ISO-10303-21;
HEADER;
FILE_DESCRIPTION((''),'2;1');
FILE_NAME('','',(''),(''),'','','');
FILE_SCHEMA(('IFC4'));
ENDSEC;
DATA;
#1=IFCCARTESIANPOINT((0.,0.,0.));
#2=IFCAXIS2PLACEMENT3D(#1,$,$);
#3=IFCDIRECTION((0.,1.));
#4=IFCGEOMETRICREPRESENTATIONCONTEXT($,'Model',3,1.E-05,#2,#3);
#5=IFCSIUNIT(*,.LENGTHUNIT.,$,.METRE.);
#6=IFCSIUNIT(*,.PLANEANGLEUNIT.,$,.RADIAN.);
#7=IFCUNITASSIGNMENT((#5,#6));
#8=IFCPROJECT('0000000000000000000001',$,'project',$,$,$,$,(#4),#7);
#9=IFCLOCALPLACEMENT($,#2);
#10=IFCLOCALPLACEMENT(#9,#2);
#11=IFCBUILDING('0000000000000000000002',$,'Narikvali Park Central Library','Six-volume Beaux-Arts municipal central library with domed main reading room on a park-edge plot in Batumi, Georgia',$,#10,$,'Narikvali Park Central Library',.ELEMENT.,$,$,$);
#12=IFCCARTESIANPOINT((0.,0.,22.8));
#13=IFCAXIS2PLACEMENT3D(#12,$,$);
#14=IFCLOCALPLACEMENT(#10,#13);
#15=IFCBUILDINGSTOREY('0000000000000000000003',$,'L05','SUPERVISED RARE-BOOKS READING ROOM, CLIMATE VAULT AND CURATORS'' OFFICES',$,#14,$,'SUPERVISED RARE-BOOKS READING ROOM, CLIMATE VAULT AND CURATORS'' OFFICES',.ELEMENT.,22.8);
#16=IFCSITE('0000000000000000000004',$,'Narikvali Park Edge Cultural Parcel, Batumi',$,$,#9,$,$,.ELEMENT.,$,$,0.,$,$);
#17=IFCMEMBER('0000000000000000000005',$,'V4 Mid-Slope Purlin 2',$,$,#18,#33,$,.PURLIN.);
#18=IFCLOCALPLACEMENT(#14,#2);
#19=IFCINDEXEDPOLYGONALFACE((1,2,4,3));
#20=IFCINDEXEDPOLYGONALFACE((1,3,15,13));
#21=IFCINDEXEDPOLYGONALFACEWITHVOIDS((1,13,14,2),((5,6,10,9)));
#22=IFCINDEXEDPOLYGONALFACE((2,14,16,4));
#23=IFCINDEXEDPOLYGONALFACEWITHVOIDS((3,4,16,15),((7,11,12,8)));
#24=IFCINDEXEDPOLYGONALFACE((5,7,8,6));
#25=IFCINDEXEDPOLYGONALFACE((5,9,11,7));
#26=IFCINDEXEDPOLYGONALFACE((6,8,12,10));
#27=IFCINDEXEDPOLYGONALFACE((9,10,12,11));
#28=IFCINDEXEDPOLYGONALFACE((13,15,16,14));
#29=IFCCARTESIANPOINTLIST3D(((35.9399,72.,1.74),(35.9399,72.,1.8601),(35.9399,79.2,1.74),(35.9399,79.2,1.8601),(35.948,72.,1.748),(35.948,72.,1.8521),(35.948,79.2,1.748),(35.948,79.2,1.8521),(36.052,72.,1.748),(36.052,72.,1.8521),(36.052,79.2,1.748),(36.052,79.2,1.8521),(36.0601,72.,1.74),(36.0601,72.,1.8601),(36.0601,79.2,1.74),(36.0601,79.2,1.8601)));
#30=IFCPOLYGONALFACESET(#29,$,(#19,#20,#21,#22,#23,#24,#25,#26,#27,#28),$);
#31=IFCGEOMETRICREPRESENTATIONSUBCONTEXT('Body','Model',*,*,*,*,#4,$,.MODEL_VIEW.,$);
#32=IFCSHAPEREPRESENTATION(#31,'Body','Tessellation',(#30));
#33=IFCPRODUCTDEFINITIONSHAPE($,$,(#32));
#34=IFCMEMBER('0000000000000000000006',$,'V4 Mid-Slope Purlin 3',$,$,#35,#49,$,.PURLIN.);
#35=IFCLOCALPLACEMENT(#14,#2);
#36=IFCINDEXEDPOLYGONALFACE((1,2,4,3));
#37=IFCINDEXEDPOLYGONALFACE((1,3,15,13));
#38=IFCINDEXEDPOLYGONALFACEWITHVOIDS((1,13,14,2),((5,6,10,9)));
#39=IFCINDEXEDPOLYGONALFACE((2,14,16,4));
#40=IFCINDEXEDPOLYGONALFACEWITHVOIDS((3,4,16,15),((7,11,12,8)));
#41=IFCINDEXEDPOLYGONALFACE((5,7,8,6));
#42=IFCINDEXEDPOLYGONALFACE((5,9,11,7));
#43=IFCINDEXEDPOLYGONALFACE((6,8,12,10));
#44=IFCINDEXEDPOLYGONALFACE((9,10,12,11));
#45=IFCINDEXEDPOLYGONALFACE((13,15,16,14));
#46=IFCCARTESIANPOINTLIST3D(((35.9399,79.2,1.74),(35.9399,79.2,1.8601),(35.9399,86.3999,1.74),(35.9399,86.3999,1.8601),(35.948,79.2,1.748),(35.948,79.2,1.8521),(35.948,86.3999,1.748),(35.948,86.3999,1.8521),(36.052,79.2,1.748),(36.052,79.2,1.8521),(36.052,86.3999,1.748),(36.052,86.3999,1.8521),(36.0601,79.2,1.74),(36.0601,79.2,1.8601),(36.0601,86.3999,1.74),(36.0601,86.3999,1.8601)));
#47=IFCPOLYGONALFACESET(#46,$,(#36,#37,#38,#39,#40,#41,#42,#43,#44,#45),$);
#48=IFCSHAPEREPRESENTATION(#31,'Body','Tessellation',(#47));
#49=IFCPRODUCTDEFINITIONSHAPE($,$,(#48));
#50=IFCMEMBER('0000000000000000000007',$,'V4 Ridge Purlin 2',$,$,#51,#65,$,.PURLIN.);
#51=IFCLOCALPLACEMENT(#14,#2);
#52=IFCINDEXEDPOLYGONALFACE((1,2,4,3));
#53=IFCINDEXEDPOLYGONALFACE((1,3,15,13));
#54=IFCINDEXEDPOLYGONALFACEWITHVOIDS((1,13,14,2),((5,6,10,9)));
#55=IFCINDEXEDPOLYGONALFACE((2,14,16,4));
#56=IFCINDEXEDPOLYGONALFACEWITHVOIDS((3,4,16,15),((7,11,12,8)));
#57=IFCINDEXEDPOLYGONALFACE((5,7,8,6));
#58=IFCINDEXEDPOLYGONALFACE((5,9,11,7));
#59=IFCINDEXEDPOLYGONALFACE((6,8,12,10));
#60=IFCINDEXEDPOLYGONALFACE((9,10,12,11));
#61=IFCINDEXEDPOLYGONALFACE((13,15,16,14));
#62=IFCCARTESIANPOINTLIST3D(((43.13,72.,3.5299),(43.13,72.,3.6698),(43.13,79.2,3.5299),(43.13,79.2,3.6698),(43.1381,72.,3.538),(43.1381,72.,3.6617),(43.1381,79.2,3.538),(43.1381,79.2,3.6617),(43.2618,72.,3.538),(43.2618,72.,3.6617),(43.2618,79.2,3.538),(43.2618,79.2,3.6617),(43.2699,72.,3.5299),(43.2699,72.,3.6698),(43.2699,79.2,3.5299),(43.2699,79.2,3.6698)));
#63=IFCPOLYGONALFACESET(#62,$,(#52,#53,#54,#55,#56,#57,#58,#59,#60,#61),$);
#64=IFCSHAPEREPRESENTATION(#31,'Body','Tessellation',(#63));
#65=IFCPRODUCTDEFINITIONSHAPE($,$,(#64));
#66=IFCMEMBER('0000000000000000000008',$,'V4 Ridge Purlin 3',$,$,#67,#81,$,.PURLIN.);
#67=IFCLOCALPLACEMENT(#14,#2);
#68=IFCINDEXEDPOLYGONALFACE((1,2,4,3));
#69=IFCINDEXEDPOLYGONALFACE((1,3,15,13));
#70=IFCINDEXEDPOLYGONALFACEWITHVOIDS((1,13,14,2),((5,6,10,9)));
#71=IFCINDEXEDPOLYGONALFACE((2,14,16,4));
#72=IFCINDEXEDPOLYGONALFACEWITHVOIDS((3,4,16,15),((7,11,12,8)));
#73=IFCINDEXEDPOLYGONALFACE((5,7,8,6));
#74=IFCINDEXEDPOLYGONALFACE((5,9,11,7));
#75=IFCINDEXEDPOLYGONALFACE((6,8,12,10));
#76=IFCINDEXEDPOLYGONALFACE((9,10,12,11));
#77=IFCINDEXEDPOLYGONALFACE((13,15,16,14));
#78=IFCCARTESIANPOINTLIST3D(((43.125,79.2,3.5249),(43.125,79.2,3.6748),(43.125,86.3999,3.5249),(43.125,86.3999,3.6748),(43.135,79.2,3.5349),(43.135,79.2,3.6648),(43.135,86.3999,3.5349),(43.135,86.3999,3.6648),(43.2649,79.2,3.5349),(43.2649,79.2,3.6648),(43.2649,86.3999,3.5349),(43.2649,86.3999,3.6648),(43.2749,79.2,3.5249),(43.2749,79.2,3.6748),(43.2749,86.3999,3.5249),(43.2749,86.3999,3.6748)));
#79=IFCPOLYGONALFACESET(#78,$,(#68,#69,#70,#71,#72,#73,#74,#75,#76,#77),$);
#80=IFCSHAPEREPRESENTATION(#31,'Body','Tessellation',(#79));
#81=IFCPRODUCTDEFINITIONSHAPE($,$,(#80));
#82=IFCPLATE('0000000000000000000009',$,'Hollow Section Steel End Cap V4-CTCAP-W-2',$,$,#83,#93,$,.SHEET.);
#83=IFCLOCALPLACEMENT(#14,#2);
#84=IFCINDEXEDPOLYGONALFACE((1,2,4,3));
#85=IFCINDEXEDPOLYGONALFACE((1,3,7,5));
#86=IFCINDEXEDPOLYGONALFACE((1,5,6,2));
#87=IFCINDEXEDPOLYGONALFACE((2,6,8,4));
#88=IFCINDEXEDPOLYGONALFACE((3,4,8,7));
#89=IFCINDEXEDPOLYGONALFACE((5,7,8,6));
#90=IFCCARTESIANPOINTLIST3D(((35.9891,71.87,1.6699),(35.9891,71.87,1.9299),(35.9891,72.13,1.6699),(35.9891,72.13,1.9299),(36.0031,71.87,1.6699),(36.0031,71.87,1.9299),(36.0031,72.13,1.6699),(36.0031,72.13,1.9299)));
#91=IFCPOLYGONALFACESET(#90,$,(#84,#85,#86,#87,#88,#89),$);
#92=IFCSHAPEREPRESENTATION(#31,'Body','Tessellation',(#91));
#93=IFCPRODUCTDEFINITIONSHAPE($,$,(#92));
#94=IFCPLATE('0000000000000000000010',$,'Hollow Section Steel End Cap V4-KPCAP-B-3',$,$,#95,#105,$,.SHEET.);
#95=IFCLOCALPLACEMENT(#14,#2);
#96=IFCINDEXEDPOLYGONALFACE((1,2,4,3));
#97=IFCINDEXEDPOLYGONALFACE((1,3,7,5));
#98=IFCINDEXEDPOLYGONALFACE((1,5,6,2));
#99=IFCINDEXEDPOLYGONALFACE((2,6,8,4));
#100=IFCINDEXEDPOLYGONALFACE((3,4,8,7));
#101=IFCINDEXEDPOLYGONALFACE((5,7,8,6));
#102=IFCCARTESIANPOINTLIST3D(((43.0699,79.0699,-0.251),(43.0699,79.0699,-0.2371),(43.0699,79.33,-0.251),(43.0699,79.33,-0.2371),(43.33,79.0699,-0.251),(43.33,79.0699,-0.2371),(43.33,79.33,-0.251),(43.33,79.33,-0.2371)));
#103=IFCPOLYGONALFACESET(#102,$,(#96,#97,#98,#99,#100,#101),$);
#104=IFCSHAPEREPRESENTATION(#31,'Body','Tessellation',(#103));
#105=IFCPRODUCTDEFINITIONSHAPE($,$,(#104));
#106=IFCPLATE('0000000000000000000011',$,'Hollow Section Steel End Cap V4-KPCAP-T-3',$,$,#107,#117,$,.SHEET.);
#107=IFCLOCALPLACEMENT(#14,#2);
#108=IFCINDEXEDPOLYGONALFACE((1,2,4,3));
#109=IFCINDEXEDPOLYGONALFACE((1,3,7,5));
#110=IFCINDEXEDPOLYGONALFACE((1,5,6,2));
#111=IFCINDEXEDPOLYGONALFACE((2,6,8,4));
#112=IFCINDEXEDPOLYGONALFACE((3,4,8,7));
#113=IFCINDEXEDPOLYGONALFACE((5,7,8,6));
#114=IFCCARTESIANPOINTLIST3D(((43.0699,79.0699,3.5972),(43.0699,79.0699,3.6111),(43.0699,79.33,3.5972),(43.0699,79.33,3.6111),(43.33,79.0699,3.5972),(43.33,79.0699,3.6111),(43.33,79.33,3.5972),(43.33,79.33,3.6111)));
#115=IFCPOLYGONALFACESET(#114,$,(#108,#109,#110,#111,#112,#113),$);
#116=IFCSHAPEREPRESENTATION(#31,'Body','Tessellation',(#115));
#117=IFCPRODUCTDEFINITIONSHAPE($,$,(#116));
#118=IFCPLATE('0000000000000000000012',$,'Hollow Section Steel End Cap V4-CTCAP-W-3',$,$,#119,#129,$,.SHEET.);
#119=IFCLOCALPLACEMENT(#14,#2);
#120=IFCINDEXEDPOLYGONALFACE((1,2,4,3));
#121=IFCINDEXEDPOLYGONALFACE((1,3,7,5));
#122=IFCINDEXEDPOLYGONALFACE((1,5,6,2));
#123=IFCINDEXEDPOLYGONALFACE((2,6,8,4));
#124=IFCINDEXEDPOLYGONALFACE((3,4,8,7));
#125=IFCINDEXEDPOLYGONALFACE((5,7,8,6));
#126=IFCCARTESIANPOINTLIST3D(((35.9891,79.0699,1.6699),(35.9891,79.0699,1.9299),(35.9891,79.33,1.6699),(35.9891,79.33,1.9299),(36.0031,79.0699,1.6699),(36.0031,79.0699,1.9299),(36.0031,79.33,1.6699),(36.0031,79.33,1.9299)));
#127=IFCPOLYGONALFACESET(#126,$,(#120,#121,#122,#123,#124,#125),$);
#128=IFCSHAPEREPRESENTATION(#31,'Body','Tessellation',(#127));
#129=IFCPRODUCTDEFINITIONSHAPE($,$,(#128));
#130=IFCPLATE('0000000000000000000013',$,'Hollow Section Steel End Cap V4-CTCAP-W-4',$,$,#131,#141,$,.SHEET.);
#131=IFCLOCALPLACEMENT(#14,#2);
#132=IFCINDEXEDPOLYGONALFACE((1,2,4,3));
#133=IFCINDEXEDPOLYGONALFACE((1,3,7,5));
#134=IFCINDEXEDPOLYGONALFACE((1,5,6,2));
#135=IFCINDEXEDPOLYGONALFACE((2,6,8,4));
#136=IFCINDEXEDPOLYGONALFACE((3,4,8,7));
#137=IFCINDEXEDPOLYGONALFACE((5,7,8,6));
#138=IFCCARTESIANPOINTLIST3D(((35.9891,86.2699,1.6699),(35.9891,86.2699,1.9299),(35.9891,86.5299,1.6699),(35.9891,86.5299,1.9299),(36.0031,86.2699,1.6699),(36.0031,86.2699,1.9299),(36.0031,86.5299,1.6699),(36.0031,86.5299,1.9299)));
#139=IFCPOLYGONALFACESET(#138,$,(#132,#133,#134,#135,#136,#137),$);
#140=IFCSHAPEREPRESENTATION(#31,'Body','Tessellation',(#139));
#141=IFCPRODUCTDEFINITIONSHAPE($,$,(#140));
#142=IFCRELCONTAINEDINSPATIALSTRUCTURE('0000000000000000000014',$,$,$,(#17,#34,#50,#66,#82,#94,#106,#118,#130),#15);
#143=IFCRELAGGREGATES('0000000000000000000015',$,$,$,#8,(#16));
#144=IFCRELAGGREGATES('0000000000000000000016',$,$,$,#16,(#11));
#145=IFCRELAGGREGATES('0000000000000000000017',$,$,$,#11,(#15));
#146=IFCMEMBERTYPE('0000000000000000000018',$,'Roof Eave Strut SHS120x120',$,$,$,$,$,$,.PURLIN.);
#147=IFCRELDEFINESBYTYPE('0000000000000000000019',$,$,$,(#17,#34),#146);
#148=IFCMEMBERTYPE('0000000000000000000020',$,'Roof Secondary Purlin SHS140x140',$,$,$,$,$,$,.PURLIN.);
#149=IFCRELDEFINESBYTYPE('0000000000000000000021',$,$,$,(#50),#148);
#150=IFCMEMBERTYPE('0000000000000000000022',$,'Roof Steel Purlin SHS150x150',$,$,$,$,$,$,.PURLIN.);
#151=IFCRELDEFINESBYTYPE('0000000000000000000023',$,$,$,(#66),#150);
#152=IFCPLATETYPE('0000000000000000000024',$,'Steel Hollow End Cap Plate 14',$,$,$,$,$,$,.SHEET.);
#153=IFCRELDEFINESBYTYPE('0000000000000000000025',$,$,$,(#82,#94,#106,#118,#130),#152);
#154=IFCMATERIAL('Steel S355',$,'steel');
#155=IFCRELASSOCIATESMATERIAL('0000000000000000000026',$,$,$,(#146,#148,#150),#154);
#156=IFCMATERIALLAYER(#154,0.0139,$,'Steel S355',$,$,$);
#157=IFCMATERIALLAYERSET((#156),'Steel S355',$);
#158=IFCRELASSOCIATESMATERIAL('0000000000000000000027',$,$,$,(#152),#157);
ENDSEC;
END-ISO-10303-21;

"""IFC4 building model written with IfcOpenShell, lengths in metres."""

from ifc_helpers import new_model, si_unit, direction, frame, origin, origin_2d, place, context, subcontext, project, spatial, rectangle, hollow_rectangle, extrude, material, layer, layer_set, material_profile, profile_set, type_object, element, save


model = new_model("IFC4")

# Units and contexts
model_context = context("Model", 3, precision=1e-05, world=origin(), true_north=direction((0.0, 1.0)))
body_context = subcontext(model_context, "Body", "Model", "MODEL_VIEW")
ifc_project = project(units=[si_unit("LENGTHUNIT", "METRE"), si_unit("PLANEANGLEUNIT", "RADIAN")], contexts=[model_context])

# Site, building, storey
site_placement = place(None, origin())
site = spatial("IfcSite", under=ifc_project, at=site_placement, Name="Narikvali Park Edge Cultural Parcel, Batumi", CompositionType="ELEMENT", RefElevation=0.0)
building_placement = place(site_placement, origin())
building = spatial("IfcBuilding", under=site, at=building_placement, Name="Narikvali Park Central Library", Description="Six-volume Beaux-Arts municipal central library with domed main reading room on a park-edge plot in Batumi, Georgia", LongName="Narikvali Park Central Library", CompositionType="ELEMENT")
storey_placement = place(building_placement, frame((0.0, 0.0, 22.8)))
storey = spatial("IfcBuildingStorey", under=building, at=storey_placement, Name="L05", Description="SUPERVISED RARE-BOOKS READING ROOM, CLIMATE VAULT AND CURATORS' OFFICES", LongName="SUPERVISED RARE-BOOKS READING ROOM, CLIMATE VAULT AND CURATORS' OFFICES", CompositionType="ELEMENT", Elevation=22.8)

# Shared definitions
ifc_material = material(Name="Steel S355", Category="steel")

# Members
ifc_material_profile_1 = material_profile(ifc_material, hollow_rectangle(XDim=0.1201, YDim=0.1201, WallThickness=0.0081, at=origin_2d()), Name="SHS 120x120x8")
ifc_profile_set_1 = profile_set([ifc_material_profile_1], Name="Steel S355")
member_type_1 = type_object("IfcMemberType", Name="Roof Eave Strut SHS120x120", PredefinedType="PURLIN", material=ifc_profile_set_1)
for number, where, z_axis, x_axis, name in (
    (1, (36.0, 72.0, 1.8), (0.0, 1.0, 0.0), (-1.0, 0.0, 0.0), "V4 Mid-Slope Purlin 2"),
    (2, (36.0, 79.2, 1.8), (0.0, 1.0, 0.0), (-1.0, 0.0, 0.0), "V4 Mid-Slope Purlin 3"),
):
    element("IfcMember", number, at=place(storey_placement, frame(where, z_axis=z_axis, x_axis=x_axis)), inside=storey, type_object=member_type_1, Name=name, PredefinedType="PURLIN", context=body_context, shape_type="SweptSolid", body=[
        extrude(hollow_rectangle(XDim=0.1201, YDim=0.1201, WallThickness=0.0081, at=origin_2d()), origin(), (0.0, 0.0, 1.0), 7.2),
    ])
ifc_material_profile_2 = material_profile(ifc_material, hollow_rectangle(XDim=0.1399, YDim=0.1399, WallThickness=0.0081, at=origin_2d()), Name="SHS 140x140x8")
ifc_profile_set_2 = profile_set([ifc_material_profile_2], Name="Steel S355")
member_type_2 = type_object("IfcMemberType", Name="Roof Secondary Purlin SHS140x140", PredefinedType="PURLIN", material=ifc_profile_set_2)
member_1_placement = place(storey_placement, frame((43.2, 72.0, 3.5999), z_axis=(0.0, 1.0, 0.0), x_axis=(-1.0, 0.0, 0.0)))
element("IfcMember", 3, at=member_1_placement, inside=storey, type_object=member_type_2, Name="V4 Ridge Purlin 2", PredefinedType="PURLIN", context=body_context, shape_type="SweptSolid", body=[
    extrude(hollow_rectangle(XDim=0.1399, YDim=0.1399, WallThickness=0.0081, at=origin_2d()), origin(), (0.0, 0.0, 1.0), 7.2),
])
ifc_material_profile_3 = material_profile(ifc_material, hollow_rectangle(XDim=0.1499, YDim=0.1499, WallThickness=0.01, at=origin_2d()), Name="SHS 150x150x10")
ifc_profile_set_3 = profile_set([ifc_material_profile_3], Name="Steel S355")
member_type_3 = type_object("IfcMemberType", Name="Roof Steel Purlin SHS150x150", PredefinedType="PURLIN", material=ifc_profile_set_3)
member_2_placement = place(storey_placement, frame((43.2, 79.2, 3.5999), z_axis=(0.0, 1.0, 0.0), x_axis=(-1.0, 0.0, 0.0)))
element("IfcMember", 4, at=member_2_placement, inside=storey, type_object=member_type_3, Name="V4 Ridge Purlin 3", PredefinedType="PURLIN", context=body_context, shape_type="SweptSolid", body=[
    extrude(hollow_rectangle(XDim=0.1499, YDim=0.1499, WallThickness=0.01, at=origin_2d()), origin(), (0.0, 0.0, 1.0), 7.2),
])

# Plates
ifc_layer = layer(ifc_material, 0.0139, Name="Steel S355")
ifc_layer_set = layer_set([ifc_layer], Name="Steel S355")
plate_type = type_object("IfcPlateType", Name="Steel Hollow End Cap Plate 14", PredefinedType="SHEET", material=ifc_layer_set)
plate_placement = place(storey_placement, frame((35.9961, 72.0, 1.6699), z_axis=(0.0, 0.0, 1.0), x_axis=(-1.0, 0.0, 0.0)))
element("IfcPlate", 5, at=plate_placement, inside=storey, type_object=plate_type, Name="Hollow Section Steel End Cap V4-CTCAP-W-2", PredefinedType="SHEET", context=body_context, shape_type="SweptSolid", body=[
    extrude(rectangle(XDim=0.0139, YDim=0.26, at=origin_2d()), origin(), (0.0, 0.0, 1.0), 0.26),
])
for number, where, z_axis, x_axis, name in (
    (6, (43.2, 79.2, -0.251), (0.0, 0.0, 1.0), (1.0, 0.0, 0.0), "Hollow Section Steel End Cap V4-KPCAP-B-3"),
    (7, (43.2, 79.2, 3.5972), (0.0, 0.0, 1.0), (1.0, 0.0, 0.0), "Hollow Section Steel End Cap V4-KPCAP-T-3"),
):
    element("IfcPlate", number, at=place(storey_placement, frame(where, z_axis=z_axis, x_axis=x_axis)), inside=storey, type_object=plate_type, Name=name, PredefinedType="SHEET", context=body_context, shape_type="SweptSolid", body=[
        extrude(rectangle(XDim=0.26, YDim=0.26, at=origin_2d()), origin(), (0.0, 0.0, 1.0), 0.0139),
    ])
for number, where, z_axis, x_axis, name in (
    (8, (35.9961, 79.2, 1.6699), (0.0, 0.0, 1.0), (-1.0, 0.0, 0.0), "Hollow Section Steel End Cap V4-CTCAP-W-3"),
    (9, (35.9961, 86.3999, 1.6699), (0.0, 0.0, 1.0), (-1.0, 0.0, 0.0), "Hollow Section Steel End Cap V4-CTCAP-W-4"),
):
    element("IfcPlate", number, at=place(storey_placement, frame(where, z_axis=z_axis, x_axis=x_axis)), inside=storey, type_object=plate_type, Name=name, PredefinedType="SHEET", context=body_context, shape_type="SweptSolid", body=[
        extrude(rectangle(XDim=0.0139, YDim=0.26, at=origin_2d()), origin(), (0.0, 0.0, 1.0), 0.26),
    ])

save(model, "model.ifc")
